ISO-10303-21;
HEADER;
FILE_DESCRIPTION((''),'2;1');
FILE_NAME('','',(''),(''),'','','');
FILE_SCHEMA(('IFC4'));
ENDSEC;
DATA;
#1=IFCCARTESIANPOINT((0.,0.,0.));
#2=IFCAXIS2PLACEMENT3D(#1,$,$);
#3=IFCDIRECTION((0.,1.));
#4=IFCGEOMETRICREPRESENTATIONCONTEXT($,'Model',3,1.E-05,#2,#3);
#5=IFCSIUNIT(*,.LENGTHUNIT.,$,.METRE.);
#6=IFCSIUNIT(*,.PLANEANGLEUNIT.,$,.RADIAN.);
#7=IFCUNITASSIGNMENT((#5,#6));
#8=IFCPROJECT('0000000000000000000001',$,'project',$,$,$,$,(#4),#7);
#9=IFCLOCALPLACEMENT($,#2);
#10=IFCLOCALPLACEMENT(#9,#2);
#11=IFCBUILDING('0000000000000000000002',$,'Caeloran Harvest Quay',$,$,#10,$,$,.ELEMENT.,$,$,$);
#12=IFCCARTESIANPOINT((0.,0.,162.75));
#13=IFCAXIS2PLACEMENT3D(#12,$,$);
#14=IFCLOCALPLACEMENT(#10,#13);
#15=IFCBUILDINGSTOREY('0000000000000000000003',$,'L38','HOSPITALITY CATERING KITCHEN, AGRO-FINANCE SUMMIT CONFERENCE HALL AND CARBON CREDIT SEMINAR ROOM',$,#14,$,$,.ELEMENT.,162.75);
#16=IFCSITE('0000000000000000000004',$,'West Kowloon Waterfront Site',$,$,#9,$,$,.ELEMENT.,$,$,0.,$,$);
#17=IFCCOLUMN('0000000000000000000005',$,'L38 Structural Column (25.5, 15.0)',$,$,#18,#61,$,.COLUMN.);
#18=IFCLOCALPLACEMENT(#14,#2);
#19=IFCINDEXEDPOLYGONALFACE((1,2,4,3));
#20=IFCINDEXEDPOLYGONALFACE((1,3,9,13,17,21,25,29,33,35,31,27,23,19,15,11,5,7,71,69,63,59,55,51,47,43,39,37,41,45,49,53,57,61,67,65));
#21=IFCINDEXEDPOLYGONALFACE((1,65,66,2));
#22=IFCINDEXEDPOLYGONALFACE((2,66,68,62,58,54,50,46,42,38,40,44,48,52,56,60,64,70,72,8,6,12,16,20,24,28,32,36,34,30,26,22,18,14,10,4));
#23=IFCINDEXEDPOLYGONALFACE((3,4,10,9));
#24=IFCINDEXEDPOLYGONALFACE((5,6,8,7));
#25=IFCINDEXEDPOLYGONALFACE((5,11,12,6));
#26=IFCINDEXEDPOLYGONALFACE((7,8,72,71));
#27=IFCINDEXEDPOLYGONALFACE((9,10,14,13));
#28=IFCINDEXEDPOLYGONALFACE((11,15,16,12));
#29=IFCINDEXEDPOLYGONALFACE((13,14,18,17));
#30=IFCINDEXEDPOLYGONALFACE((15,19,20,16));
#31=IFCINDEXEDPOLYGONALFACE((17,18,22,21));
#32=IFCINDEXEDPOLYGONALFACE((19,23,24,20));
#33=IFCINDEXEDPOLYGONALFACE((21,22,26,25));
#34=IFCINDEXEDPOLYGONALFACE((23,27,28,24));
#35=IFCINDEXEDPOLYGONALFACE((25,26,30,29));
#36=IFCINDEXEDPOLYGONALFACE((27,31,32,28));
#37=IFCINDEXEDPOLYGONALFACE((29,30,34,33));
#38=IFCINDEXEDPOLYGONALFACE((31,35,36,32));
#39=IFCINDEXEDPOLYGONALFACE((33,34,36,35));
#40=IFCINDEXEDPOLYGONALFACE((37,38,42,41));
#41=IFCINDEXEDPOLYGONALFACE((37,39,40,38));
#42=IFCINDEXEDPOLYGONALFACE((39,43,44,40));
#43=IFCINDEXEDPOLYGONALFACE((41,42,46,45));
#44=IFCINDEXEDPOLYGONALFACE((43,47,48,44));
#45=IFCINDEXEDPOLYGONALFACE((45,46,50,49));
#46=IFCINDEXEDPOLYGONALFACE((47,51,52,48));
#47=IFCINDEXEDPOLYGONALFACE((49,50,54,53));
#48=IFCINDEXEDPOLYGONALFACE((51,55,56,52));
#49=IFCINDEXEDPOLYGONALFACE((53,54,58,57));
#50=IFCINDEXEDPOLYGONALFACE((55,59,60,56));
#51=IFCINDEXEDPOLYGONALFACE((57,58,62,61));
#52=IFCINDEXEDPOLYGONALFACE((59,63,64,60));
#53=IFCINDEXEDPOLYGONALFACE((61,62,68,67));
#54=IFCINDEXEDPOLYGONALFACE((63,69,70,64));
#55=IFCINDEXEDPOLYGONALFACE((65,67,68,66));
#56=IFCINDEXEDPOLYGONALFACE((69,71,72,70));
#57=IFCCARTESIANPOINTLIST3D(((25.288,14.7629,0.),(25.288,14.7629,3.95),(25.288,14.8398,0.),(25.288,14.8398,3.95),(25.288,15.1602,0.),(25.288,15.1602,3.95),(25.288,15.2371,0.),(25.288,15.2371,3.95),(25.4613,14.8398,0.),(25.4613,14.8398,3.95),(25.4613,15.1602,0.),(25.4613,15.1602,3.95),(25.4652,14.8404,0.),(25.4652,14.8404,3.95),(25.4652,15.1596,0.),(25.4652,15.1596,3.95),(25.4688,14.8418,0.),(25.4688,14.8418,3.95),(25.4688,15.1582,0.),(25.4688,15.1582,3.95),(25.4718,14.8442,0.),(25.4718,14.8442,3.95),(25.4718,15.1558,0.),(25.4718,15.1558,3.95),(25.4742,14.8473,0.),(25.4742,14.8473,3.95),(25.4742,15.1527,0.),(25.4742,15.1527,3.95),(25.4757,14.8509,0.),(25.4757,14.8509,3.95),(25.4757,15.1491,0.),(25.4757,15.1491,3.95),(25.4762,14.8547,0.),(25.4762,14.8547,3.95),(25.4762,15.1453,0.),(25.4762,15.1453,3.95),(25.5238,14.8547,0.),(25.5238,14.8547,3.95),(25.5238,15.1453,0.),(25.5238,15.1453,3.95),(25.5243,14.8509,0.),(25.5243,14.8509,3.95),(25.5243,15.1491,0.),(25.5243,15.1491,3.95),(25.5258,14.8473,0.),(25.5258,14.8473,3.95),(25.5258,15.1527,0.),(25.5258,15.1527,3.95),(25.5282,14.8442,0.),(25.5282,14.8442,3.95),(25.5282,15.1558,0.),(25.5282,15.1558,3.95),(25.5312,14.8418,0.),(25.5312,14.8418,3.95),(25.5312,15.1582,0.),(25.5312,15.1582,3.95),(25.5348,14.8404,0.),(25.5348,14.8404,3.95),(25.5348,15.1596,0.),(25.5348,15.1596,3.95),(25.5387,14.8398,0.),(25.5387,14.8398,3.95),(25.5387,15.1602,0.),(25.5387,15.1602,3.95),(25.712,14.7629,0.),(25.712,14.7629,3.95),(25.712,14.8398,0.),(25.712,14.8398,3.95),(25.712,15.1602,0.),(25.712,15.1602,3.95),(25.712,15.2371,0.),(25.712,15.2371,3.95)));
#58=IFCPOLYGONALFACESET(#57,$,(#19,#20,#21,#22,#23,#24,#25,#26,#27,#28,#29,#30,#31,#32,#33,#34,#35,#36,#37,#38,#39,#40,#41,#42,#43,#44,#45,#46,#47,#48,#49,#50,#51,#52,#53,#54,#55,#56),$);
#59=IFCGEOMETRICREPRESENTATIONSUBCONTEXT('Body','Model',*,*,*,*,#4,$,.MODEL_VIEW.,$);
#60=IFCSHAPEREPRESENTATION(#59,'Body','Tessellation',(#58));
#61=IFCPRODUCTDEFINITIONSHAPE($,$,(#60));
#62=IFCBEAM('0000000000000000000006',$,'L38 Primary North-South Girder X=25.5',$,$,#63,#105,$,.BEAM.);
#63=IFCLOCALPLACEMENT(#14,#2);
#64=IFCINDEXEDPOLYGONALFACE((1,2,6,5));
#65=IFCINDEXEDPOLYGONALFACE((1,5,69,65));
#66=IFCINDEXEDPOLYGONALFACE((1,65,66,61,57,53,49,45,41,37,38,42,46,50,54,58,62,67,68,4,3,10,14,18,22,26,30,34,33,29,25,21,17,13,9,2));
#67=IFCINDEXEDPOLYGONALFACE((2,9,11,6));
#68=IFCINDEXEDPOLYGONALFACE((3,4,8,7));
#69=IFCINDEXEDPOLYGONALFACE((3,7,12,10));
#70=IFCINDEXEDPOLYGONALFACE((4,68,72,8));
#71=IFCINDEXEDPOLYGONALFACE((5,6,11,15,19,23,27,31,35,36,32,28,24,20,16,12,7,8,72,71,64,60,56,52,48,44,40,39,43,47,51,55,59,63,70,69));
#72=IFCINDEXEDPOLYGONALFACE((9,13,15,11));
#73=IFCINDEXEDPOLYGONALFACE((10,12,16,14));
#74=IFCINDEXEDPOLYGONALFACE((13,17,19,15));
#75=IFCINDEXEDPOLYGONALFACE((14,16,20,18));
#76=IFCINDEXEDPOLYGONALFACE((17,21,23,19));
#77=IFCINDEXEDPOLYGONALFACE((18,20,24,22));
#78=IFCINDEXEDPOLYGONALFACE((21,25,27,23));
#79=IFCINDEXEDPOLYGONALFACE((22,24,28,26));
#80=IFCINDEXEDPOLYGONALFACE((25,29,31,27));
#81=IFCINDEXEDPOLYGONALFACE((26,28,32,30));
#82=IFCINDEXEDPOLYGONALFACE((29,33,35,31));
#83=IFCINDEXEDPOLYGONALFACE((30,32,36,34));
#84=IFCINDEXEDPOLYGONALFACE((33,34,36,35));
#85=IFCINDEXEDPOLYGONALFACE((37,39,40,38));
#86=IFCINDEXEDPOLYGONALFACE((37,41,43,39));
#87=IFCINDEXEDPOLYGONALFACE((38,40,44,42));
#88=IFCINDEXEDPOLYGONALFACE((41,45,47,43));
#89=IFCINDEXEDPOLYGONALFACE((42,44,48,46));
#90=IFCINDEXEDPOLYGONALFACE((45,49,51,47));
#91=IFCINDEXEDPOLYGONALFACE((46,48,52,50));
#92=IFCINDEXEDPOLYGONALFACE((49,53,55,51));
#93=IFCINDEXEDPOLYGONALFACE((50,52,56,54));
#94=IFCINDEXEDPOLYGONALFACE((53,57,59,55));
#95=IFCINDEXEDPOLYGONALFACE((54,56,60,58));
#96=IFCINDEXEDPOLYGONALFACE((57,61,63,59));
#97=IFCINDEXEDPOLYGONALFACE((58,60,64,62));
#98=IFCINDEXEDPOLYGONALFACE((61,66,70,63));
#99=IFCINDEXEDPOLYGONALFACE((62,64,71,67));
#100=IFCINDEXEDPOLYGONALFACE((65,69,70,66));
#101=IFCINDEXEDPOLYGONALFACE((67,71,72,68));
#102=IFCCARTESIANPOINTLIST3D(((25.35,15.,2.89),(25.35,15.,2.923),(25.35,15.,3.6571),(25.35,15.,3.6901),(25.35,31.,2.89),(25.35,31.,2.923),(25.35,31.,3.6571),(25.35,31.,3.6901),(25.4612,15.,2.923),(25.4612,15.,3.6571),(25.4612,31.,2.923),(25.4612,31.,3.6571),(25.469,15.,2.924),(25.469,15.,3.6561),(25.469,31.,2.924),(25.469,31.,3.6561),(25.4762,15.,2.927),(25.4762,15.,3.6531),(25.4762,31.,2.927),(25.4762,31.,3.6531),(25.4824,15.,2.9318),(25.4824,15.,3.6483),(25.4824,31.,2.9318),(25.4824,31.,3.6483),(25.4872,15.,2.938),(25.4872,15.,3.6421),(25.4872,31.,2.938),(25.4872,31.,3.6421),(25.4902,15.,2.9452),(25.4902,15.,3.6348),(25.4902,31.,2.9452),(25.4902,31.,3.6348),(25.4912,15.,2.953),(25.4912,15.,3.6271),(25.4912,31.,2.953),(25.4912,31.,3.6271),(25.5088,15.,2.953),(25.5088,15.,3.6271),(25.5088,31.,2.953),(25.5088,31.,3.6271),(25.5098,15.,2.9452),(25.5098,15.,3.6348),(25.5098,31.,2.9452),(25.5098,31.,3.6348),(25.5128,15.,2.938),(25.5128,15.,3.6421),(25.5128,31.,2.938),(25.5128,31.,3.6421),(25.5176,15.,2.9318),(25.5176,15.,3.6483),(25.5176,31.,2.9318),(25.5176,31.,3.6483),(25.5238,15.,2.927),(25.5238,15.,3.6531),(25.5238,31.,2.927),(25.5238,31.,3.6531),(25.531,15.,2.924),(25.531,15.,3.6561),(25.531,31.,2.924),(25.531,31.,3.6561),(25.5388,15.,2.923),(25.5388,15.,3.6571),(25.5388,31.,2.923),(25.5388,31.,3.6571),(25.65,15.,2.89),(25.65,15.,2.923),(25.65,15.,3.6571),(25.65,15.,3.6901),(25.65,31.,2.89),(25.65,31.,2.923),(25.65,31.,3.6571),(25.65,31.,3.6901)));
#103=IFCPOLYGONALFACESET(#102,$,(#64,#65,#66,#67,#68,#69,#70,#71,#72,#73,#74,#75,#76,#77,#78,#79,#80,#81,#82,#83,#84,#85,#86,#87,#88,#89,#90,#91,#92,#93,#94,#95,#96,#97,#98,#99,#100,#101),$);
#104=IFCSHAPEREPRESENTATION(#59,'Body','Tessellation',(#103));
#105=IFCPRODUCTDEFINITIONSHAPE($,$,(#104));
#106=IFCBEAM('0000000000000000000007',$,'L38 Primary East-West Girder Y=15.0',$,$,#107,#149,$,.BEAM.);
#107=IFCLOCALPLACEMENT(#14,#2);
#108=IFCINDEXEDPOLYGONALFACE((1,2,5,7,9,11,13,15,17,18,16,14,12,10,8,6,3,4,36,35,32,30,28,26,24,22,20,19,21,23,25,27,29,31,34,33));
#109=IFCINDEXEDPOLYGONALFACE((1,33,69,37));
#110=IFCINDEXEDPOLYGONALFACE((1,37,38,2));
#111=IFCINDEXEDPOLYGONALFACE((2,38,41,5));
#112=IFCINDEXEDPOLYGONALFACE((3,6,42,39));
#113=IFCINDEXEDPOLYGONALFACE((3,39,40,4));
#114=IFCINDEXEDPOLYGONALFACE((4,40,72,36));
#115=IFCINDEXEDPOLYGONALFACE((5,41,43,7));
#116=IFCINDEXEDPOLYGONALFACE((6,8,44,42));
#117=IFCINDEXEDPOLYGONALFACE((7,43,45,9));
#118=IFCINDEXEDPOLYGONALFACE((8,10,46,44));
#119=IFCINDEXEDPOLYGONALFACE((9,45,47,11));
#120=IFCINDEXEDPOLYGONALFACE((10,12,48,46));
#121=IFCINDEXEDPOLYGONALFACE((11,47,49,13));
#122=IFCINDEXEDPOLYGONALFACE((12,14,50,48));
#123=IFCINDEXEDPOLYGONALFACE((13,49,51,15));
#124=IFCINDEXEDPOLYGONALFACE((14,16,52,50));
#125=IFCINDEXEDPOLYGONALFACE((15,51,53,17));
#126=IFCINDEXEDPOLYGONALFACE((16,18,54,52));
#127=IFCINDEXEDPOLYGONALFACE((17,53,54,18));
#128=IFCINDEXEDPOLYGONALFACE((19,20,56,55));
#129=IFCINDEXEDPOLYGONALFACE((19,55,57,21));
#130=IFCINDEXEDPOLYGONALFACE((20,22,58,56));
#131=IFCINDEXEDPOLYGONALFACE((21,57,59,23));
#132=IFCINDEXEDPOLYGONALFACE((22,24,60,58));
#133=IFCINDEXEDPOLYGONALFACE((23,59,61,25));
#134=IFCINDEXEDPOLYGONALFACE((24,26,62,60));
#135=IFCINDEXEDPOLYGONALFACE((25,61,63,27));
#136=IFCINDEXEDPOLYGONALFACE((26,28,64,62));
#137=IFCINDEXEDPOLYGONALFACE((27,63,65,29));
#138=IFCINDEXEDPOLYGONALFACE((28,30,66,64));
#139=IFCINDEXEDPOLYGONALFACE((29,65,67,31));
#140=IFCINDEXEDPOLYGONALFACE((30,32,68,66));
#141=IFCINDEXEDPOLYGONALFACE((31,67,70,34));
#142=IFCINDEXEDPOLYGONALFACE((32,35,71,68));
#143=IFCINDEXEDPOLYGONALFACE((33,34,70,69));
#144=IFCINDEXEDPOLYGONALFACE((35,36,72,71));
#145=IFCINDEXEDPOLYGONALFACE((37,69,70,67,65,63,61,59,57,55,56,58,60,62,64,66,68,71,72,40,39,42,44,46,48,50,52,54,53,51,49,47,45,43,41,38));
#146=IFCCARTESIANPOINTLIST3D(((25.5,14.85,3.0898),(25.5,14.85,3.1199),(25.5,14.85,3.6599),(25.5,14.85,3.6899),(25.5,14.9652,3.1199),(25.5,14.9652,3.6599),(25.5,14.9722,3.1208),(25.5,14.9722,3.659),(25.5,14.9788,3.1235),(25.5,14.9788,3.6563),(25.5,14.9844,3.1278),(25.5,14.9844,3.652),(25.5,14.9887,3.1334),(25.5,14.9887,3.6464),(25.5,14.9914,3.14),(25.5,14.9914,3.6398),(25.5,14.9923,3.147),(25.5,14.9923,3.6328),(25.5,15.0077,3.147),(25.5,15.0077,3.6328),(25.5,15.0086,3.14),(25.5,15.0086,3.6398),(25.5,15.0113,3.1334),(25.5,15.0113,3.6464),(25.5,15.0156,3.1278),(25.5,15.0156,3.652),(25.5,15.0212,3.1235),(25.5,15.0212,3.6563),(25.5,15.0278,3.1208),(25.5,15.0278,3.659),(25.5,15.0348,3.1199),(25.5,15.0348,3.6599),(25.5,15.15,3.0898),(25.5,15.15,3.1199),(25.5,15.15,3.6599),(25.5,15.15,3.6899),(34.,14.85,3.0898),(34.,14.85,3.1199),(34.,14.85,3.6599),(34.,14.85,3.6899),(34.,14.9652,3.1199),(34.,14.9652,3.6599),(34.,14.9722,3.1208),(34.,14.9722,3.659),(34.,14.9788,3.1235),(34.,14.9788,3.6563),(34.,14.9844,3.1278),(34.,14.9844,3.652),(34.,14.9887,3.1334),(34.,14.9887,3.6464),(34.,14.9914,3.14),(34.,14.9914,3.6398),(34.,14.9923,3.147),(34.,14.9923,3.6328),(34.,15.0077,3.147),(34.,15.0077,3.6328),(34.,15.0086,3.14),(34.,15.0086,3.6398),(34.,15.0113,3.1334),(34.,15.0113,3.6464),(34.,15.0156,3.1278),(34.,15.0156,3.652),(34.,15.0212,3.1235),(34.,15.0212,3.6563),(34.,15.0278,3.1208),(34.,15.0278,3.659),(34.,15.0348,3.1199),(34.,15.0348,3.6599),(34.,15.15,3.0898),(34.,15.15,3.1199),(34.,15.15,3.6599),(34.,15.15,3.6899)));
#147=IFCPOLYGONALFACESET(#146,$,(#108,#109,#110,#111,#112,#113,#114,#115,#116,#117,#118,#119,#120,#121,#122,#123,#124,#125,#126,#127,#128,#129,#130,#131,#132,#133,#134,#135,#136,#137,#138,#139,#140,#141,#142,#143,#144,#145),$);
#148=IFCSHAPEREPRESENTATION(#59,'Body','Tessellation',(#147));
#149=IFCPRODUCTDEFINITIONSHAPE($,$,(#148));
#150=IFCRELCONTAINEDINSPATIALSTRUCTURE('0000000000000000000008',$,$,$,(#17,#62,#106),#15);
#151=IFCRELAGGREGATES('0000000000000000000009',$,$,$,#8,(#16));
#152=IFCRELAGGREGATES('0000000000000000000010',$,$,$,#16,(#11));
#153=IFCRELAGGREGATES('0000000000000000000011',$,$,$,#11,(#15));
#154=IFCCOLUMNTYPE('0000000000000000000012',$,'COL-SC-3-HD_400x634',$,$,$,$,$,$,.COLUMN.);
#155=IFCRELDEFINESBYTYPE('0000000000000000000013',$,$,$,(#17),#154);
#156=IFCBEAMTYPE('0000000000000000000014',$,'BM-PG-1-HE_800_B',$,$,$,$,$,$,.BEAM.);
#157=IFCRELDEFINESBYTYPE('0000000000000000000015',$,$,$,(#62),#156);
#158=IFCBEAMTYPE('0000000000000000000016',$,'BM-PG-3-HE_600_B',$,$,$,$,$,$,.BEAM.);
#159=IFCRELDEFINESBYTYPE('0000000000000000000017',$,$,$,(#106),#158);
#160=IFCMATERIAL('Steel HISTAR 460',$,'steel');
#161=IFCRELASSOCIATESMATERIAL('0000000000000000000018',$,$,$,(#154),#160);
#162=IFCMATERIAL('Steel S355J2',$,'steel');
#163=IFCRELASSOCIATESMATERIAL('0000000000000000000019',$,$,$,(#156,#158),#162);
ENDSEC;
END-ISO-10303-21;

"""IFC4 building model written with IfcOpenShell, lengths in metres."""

from ifc_helpers import new_model, si_unit, direction, frame, origin, origin_2d, place, context, subcontext, project, spatial, i_section, extrude, material, material_profile, profile_set, type_object, element, save


model = new_model("IFC4")

# Units and contexts
model_context = context("Model", 3, precision=1e-05, world=origin(), true_north=direction((0.0, 1.0)))
body_context = subcontext(model_context, "Body", "Model", "MODEL_VIEW")
ifc_project = project(units=[si_unit("LENGTHUNIT", "METRE"), si_unit("PLANEANGLEUNIT", "RADIAN")], contexts=[model_context])

# Site, building, storey
site_placement = place(None, origin())
site = spatial("IfcSite", under=ifc_project, at=site_placement, Name="West Kowloon Waterfront Site", CompositionType="ELEMENT", RefElevation=0.0)
building_placement = place(site_placement, origin())
building = spatial("IfcBuilding", under=site, at=building_placement, Name="Caeloran Harvest Quay", CompositionType="ELEMENT")
storey_placement = place(building_placement, frame((0.0, 0.0, 162.75)))
storey = spatial("IfcBuildingStorey", under=building, at=storey_placement, Name="L38", Description="HOSPITALITY CATERING KITCHEN, AGRO-FINANCE SUMMIT CONFERENCE HALL AND CARBON CREDIT SEMINAR ROOM", CompositionType="ELEMENT", Elevation=162.75)

# Column
ifc_material_1 = material(Name="Steel HISTAR 460", Category="steel")
ifc_material_profile_1 = material_profile(ifc_material_1, i_section(OverallWidth=0.4241, OverallDepth=0.4741, WebThickness=0.0476, FlangeThickness=0.0769, FilletRadius=0.0149, at=origin_2d()), Name="HD 400x634")
ifc_profile_set_1 = profile_set([ifc_material_profile_1], Name="Steel HISTAR 460")
column_type = type_object("IfcColumnType", Name="COL-SC-3-HD_400x634", PredefinedType="COLUMN", material=ifc_profile_set_1)
column_placement = place(storey_placement, frame((25.5, 15.0, 0.0), z_axis=(0.0, 0.0, 1.0), x_axis=(1.0, 0.0, 0.0)))
element("IfcColumn", 1, at=column_placement, inside=storey, type_object=column_type, Name="L38 Structural Column (25.5, 15.0)", PredefinedType="COLUMN", context=body_context, shape_type="SweptSolid", body=[
    extrude(i_section(OverallWidth=0.4241, OverallDepth=0.4741, WebThickness=0.0476, FlangeThickness=0.0769, FilletRadius=0.0149, at=origin_2d()), origin(), (0.0, 0.0, 1.0), 3.95),
])

# Beams
ifc_material_2 = material(Name="Steel S355J2", Category="steel")
ifc_material_profile_2 = material_profile(ifc_material_2, i_section(OverallWidth=0.3, OverallDepth=0.8, WebThickness=0.0176, FlangeThickness=0.033, FilletRadius=0.03, at=origin_2d()), Name="HE 800 B")
ifc_profile_set_2 = profile_set([ifc_material_profile_2], Name="Steel S355J2")
beam_type_1 = type_object("IfcBeamType", Name="BM-PG-1-HE_800_B", PredefinedType="BEAM", material=ifc_profile_set_2)
beam_1_placement = place(storey_placement, frame((25.5, 15.0, 3.29), z_axis=(0.0, 1.0, 0.0), x_axis=(-1.0, 0.0, 0.0)))
element("IfcBeam", 2, at=beam_1_placement, inside=storey, type_object=beam_type_1, Name="L38 Primary North-South Girder X=25.5", PredefinedType="BEAM", context=body_context, shape_type="SweptSolid", body=[
    extrude(i_section(OverallWidth=0.3, OverallDepth=0.8, WebThickness=0.0176, FlangeThickness=0.033, FilletRadius=0.03, at=origin_2d()), origin(), (0.0, 0.0, 1.0), 16.0),
])
ifc_material_profile_3 = material_profile(ifc_material_2, i_section(OverallWidth=0.3, OverallDepth=0.6001, WebThickness=0.0154, FlangeThickness=0.03, FilletRadius=0.0271, at=origin_2d()), Name="HE 600 B")
ifc_profile_set_3 = profile_set([ifc_material_profile_3], Name="Steel S355J2")
beam_type_2 = type_object("IfcBeamType", Name="BM-PG-3-HE_600_B", PredefinedType="BEAM", material=ifc_profile_set_3)
beam_2_placement = place(storey_placement, frame((25.5, 15.0, 3.3899), z_axis=(1.0, 0.0, 0.0), x_axis=(0.0, 1.0, 0.0)))
element("IfcBeam", 3, at=beam_2_placement, inside=storey, type_object=beam_type_2, Name="L38 Primary East-West Girder Y=15.0", PredefinedType="BEAM", context=body_context, shape_type="SweptSolid", body=[
    extrude(i_section(OverallWidth=0.3, OverallDepth=0.6001, WebThickness=0.0154, FlangeThickness=0.03, FilletRadius=0.0271, at=origin_2d()), origin(), (0.0, 0.0, 1.0), 8.5),
])

save(model, "model.ifc")
